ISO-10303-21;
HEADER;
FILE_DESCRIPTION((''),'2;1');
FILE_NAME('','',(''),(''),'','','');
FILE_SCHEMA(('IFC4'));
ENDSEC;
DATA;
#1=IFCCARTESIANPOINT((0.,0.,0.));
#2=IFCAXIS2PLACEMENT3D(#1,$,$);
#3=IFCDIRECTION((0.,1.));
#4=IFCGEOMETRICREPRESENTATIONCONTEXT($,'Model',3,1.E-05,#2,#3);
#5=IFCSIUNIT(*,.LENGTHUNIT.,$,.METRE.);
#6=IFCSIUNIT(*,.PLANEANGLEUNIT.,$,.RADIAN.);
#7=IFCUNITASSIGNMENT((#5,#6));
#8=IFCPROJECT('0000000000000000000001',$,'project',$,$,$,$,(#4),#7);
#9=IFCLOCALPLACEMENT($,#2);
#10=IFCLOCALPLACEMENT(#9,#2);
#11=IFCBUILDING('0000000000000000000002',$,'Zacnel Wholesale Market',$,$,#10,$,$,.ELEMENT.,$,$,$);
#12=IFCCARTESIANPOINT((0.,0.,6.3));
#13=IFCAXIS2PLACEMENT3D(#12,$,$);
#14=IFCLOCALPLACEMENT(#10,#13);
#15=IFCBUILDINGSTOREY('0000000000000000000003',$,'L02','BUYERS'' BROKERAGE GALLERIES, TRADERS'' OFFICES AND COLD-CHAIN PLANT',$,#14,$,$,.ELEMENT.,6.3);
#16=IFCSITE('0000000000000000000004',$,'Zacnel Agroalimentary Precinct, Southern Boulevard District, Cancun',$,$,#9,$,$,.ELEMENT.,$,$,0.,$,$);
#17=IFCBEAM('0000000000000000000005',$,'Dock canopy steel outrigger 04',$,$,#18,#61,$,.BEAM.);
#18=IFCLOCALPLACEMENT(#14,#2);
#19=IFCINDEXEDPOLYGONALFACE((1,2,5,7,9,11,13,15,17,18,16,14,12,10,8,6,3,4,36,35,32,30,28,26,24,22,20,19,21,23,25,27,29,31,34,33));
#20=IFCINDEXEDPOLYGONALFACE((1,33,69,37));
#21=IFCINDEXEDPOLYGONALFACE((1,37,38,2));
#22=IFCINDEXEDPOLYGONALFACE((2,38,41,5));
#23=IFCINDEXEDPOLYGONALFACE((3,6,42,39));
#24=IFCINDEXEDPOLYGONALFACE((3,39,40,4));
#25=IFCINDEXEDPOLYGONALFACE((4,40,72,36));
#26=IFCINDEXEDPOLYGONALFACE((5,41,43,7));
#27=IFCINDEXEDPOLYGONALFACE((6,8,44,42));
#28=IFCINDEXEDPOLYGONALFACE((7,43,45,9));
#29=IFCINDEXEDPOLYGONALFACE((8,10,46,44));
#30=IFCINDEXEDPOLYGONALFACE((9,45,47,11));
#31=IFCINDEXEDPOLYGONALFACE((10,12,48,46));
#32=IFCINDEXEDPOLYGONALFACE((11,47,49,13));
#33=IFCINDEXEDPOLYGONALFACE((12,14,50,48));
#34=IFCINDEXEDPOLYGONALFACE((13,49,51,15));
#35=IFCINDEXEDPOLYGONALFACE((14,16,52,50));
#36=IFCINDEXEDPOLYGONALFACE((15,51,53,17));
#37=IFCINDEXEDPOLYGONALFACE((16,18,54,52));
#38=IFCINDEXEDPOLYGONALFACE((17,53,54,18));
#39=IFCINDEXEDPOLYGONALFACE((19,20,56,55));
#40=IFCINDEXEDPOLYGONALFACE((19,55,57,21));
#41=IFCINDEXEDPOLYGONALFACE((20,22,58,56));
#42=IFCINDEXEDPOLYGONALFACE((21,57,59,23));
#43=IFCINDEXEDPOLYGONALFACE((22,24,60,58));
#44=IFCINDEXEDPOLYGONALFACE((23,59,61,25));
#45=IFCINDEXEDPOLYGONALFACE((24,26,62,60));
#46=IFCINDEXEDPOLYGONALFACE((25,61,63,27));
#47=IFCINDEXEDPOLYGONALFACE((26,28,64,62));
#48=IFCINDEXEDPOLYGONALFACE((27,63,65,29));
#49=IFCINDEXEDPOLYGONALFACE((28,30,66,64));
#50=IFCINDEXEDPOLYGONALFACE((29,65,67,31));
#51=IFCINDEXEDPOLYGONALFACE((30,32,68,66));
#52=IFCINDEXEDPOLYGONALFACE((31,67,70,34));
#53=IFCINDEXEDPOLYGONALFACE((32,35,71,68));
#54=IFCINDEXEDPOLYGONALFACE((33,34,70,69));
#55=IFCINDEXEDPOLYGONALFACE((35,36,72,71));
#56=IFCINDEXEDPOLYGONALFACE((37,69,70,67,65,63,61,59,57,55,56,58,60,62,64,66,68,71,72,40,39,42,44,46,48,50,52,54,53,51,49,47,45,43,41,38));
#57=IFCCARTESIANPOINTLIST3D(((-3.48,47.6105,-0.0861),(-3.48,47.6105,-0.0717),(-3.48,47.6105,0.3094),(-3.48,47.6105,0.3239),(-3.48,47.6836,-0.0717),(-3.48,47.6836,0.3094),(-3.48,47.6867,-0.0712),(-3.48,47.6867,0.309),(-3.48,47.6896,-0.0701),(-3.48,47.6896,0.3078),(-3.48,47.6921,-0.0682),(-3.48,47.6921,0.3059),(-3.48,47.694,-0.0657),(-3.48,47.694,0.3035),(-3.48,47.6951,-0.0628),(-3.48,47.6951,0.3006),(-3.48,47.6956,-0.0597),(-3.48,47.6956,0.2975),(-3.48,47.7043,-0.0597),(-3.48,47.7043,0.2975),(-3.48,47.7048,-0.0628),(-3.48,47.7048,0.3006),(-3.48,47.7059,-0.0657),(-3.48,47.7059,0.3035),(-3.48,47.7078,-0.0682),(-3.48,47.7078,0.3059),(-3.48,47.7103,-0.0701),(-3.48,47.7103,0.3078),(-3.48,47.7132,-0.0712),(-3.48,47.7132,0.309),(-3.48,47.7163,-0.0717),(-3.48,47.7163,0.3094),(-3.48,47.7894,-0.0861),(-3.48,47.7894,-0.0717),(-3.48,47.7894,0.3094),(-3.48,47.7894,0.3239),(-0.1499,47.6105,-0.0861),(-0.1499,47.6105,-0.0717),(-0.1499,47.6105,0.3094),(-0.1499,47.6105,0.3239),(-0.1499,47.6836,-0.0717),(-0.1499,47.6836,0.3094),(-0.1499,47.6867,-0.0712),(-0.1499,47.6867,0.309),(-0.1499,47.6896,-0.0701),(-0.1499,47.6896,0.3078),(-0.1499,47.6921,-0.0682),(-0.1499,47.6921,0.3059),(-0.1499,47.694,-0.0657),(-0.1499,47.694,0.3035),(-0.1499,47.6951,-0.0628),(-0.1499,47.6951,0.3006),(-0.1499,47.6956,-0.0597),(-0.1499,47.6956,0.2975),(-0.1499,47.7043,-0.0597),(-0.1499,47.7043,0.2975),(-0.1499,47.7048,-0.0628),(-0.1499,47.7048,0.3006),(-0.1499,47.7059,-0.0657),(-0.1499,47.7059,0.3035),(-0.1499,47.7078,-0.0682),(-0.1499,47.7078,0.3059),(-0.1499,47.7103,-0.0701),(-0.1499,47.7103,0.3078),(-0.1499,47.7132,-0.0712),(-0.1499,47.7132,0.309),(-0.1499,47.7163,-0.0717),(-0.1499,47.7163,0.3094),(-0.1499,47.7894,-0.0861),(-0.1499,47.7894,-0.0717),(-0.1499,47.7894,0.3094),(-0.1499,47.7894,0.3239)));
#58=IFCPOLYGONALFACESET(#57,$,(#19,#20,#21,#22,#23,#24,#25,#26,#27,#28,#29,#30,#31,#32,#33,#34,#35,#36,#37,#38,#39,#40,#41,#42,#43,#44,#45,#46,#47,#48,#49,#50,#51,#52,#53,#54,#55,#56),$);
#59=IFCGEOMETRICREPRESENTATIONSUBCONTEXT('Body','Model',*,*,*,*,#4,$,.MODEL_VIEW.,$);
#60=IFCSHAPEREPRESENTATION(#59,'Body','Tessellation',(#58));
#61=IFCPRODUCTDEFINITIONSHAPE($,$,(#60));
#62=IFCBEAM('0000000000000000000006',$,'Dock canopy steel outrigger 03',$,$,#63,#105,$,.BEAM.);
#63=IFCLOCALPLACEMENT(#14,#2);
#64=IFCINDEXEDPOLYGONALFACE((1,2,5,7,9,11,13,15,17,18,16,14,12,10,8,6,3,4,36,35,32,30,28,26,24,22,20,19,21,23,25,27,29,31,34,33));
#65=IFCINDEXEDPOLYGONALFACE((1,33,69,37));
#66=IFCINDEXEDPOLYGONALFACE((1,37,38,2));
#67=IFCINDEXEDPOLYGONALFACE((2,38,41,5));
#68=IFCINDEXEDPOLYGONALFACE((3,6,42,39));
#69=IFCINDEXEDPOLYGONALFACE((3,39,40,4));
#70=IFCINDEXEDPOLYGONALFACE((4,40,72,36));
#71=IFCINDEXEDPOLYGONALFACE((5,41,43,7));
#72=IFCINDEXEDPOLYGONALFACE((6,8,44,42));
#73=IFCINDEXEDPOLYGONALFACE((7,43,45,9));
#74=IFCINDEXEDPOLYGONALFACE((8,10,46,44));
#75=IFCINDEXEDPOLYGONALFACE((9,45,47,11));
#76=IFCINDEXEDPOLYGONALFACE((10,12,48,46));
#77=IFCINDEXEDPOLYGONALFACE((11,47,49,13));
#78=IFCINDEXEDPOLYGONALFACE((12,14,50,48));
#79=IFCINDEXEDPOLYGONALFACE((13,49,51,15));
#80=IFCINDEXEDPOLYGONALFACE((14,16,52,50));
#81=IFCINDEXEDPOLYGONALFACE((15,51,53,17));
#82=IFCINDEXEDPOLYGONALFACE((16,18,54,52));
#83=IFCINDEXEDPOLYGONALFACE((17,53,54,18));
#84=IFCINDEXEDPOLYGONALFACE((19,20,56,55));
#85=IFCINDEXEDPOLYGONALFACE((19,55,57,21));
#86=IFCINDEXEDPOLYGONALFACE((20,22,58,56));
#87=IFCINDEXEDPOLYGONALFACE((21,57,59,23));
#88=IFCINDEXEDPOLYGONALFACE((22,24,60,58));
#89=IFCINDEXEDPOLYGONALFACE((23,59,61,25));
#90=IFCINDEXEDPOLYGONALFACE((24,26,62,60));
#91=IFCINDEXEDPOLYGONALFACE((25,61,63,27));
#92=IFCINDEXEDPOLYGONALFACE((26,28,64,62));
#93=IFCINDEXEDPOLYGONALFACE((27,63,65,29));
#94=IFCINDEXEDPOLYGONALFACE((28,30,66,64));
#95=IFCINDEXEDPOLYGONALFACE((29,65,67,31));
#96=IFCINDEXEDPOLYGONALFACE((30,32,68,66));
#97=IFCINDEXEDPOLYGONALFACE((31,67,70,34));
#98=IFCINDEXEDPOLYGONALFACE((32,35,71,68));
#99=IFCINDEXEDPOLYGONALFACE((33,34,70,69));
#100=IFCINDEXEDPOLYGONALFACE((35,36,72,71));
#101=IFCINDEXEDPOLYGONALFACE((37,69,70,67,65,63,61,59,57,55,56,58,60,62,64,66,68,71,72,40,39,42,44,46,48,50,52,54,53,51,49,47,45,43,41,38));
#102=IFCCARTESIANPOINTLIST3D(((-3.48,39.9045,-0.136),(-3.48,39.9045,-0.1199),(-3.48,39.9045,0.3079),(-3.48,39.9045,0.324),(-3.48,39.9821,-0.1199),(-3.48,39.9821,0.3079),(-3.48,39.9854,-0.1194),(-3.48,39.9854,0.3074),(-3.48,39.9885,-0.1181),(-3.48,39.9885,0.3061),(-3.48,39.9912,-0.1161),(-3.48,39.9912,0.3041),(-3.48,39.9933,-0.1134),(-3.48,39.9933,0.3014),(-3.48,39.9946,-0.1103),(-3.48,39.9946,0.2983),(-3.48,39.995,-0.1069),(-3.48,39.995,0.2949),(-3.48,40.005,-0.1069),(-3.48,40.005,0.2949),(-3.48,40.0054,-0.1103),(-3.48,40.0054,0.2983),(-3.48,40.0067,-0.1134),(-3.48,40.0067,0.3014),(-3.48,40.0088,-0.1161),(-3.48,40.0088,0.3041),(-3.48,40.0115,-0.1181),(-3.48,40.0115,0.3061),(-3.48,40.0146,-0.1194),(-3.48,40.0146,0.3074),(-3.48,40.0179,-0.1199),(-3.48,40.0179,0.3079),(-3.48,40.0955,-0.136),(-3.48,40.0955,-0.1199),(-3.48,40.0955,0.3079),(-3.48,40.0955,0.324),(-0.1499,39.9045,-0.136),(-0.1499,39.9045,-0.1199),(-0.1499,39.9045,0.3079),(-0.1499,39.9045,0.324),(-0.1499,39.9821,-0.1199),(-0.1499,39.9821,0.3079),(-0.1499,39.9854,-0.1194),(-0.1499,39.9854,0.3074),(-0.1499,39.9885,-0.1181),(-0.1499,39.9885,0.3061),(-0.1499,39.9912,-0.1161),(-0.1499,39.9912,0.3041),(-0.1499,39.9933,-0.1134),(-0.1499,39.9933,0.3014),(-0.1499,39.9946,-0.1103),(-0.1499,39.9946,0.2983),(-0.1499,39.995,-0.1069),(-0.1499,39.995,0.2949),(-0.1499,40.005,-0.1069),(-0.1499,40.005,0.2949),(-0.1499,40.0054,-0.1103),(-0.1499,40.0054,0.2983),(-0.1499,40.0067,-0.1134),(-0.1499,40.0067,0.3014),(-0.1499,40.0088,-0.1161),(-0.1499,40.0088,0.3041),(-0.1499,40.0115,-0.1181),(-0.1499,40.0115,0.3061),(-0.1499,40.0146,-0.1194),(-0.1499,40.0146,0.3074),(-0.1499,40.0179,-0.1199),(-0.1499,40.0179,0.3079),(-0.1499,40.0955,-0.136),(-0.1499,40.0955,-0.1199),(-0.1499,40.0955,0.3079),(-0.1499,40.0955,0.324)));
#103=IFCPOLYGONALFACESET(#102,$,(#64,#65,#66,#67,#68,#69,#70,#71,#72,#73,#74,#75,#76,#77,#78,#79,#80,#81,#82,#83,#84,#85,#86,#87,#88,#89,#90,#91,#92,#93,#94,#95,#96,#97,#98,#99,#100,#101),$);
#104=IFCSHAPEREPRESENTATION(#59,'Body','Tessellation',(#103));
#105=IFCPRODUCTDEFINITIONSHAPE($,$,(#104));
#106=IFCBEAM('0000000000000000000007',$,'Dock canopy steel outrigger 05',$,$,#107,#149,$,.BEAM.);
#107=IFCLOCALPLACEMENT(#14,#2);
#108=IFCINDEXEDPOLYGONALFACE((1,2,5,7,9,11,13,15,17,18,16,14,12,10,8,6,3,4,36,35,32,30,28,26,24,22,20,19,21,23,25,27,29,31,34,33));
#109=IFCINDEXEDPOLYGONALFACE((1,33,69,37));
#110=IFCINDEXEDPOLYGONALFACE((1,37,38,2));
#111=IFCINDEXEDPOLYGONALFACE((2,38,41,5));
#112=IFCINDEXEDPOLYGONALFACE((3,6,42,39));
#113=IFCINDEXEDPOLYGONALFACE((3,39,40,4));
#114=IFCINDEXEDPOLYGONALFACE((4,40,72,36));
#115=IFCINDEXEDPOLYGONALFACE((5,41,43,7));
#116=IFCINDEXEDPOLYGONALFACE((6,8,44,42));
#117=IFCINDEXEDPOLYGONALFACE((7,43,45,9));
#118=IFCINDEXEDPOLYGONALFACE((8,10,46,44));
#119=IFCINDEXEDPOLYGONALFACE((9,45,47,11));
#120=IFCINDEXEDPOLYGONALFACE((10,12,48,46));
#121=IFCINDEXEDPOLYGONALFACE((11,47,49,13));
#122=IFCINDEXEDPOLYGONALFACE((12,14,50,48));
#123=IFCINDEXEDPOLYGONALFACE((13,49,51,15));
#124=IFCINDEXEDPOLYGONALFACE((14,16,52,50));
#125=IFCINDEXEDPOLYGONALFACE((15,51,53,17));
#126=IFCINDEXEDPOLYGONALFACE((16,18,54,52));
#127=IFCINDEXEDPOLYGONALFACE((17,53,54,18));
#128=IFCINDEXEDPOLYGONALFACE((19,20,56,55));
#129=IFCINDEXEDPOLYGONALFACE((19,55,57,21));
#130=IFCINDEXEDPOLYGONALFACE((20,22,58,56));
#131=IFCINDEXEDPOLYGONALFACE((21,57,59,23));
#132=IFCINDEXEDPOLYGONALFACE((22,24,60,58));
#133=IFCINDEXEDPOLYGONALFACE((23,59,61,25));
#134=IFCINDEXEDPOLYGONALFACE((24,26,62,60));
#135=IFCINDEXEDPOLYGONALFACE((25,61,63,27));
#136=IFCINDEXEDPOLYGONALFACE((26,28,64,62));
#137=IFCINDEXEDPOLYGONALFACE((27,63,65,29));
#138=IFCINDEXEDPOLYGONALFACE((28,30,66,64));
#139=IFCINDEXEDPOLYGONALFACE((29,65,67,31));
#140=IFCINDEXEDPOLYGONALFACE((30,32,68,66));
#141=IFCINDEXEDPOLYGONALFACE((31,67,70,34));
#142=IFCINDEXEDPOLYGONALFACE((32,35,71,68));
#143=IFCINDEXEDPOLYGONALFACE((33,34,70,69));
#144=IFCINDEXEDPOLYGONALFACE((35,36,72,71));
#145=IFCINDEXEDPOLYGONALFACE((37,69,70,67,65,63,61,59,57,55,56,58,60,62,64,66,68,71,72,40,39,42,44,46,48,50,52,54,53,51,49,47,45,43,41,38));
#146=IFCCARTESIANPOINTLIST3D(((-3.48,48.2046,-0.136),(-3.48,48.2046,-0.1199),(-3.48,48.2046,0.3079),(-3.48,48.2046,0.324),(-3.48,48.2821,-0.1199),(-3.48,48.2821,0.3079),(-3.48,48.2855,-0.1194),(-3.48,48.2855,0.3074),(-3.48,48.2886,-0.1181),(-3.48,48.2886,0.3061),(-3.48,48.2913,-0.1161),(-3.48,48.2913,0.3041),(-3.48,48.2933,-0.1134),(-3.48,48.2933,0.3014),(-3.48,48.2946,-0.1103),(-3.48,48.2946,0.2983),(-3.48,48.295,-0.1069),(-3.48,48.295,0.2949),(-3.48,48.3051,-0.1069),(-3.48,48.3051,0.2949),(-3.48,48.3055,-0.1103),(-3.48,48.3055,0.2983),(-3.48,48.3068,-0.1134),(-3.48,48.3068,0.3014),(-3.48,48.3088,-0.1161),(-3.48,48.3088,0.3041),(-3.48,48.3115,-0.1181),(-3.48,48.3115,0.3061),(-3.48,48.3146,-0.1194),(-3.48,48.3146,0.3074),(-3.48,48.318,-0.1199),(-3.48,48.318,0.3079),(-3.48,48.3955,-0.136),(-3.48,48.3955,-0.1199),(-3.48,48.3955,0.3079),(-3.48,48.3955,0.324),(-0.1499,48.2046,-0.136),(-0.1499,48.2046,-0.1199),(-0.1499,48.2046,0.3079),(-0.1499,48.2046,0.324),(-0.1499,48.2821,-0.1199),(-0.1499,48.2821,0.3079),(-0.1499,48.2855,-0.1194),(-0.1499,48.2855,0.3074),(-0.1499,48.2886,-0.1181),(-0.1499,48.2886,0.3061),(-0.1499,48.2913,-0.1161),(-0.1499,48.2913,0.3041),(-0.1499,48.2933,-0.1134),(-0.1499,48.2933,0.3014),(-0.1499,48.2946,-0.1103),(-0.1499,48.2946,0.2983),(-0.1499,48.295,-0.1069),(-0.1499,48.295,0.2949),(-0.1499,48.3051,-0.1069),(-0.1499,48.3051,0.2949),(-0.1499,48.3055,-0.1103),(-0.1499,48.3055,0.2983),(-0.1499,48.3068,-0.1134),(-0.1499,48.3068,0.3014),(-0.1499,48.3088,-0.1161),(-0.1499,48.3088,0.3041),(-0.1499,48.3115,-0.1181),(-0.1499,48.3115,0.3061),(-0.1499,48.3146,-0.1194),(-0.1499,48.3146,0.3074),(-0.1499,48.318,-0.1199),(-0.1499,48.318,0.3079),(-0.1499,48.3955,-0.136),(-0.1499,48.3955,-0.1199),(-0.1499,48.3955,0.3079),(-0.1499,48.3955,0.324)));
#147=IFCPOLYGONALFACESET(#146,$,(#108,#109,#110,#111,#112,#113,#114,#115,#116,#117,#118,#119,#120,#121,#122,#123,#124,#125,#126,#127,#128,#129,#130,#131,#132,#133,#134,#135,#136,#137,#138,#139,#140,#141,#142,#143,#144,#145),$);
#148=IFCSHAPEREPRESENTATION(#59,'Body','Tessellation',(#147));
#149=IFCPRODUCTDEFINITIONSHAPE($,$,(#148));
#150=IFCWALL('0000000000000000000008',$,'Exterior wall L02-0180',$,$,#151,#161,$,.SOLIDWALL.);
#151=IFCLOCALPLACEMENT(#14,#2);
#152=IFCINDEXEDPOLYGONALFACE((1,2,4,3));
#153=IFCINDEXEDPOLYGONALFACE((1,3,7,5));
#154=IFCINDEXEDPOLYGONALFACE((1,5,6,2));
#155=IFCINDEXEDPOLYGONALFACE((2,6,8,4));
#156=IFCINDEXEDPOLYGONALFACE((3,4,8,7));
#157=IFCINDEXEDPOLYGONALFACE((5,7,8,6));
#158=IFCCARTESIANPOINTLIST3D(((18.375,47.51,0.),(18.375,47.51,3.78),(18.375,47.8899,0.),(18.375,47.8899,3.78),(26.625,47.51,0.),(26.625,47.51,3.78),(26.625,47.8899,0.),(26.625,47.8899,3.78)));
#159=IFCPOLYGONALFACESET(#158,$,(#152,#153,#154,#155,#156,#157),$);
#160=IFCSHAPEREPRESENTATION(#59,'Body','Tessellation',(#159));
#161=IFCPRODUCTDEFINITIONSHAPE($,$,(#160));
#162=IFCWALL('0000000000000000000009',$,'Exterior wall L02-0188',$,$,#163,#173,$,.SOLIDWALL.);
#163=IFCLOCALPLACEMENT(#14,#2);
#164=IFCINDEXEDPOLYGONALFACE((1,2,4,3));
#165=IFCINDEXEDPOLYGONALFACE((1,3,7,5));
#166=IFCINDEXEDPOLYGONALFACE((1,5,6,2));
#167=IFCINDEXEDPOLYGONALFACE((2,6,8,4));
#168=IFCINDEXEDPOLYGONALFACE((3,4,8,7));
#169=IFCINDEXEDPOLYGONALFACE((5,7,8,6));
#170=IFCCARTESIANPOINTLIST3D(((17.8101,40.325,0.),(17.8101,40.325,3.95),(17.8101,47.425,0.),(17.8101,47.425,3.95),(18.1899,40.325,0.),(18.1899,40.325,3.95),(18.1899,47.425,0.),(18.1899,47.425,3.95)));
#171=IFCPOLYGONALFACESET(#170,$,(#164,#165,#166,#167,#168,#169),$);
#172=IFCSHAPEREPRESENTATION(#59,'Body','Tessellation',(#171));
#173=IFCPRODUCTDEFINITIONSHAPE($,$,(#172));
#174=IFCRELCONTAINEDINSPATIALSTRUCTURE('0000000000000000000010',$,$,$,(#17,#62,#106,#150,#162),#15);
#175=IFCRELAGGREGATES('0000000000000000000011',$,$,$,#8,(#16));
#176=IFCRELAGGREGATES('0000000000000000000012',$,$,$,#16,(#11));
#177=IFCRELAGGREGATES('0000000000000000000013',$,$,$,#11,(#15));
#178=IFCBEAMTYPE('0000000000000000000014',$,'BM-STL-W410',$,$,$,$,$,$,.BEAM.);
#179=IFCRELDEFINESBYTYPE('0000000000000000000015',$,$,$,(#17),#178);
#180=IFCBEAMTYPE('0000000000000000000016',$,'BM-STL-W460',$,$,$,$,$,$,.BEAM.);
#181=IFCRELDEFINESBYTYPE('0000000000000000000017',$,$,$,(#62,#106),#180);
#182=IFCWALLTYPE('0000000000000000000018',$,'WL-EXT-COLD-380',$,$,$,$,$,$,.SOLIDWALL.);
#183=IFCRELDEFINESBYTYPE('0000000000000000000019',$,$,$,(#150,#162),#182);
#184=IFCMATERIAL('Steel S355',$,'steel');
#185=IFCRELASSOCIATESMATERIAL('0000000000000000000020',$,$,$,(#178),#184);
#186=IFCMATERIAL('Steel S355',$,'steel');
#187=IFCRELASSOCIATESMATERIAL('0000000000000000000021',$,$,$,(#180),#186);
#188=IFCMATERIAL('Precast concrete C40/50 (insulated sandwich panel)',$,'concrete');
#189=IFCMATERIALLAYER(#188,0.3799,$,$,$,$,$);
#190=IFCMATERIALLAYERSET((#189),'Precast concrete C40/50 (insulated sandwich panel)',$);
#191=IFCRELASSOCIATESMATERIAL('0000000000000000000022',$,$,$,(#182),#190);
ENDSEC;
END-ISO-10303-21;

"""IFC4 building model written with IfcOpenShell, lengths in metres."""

from ifc_helpers import new_model, si_unit, direction, frame, frame_2d, origin, origin_2d, place, context, subcontext, project, spatial, rectangle, i_section, extrude, material, layer, layer_set, material_profile, profile_set, type_object, element, save


model = new_model("IFC4")

# Units and contexts
model_context = context("Model", 3, precision=1e-05, world=origin(), true_north=direction((0.0, 1.0)))
body_context = subcontext(model_context, "Body", "Model", "MODEL_VIEW")
ifc_project = project(units=[si_unit("LENGTHUNIT", "METRE"), si_unit("PLANEANGLEUNIT", "RADIAN")], contexts=[model_context])

# Site, building, storey
site_placement = place(None, origin())
site = spatial("IfcSite", under=ifc_project, at=site_placement, Name="Zacnel Agroalimentary Precinct, Southern Boulevard District, Cancun", CompositionType="ELEMENT", RefElevation=0.0)
building_placement = place(site_placement, origin())
building = spatial("IfcBuilding", under=site, at=building_placement, Name="Zacnel Wholesale Market", CompositionType="ELEMENT")
storey_placement = place(building_placement, frame((0.0, 0.0, 6.3)))
storey = spatial("IfcBuildingStorey", under=building, at=storey_placement, Name="L02", Description="BUYERS' BROKERAGE GALLERIES, TRADERS' OFFICES AND COLD-CHAIN PLANT", CompositionType="ELEMENT", Elevation=6.3)

# Beams
ifc_material_1 = material(Name="Steel S355", Category="steel")
ifc_material_profile_1 = material_profile(ifc_material_1, i_section(OverallWidth=0.179, OverallDepth=0.4099, WebThickness=0.0088, FlangeThickness=0.0144, FilletRadius=0.012, at=origin_2d()), Name="W410X67")
ifc_profile_set_1 = profile_set([ifc_material_profile_1], Name="Steel S355")
beam_type_1 = type_object("IfcBeamType", Name="BM-STL-W410", PredefinedType="BEAM", material=ifc_profile_set_1)
beam_1_placement = place(storey_placement, frame((-0.1499, 47.7, 0.1189), z_axis=(-1.0, 0.0, 0.0), x_axis=(0.0, -1.0, 0.0)))
element("IfcBeam", 1, at=beam_1_placement, inside=storey, type_object=beam_type_1, Name="Dock canopy steel outrigger 04", PredefinedType="BEAM", context=body_context, shape_type="SweptSolid", body=[
    extrude(i_section(OverallWidth=0.179, OverallDepth=0.4099, WebThickness=0.0088, FlangeThickness=0.0144, FilletRadius=0.012, at=origin_2d()), origin(), (0.0, 0.0, 1.0), 3.3301),
])
ifc_material_2 = material(Name="Steel S355", Category="steel")
ifc_material_profile_2 = material_profile(ifc_material_2, i_section(OverallWidth=0.1909, OverallDepth=0.46, WebThickness=0.01, FlangeThickness=0.0161, FilletRadius=0.0129, at=origin_2d()), Name="W460X82")
ifc_profile_set_2 = profile_set([ifc_material_profile_2], Name="Steel S355")
beam_type_2 = type_object("IfcBeamType", Name="BM-STL-W460", PredefinedType="BEAM", material=ifc_profile_set_2)
for number, where, z_axis, x_axis, name in (
    (2, (-0.1499, 40.0, 0.094), (-1.0, 0.0, 0.0), (0.0, -1.0, 0.0), "Dock canopy steel outrigger 03"),
    (3, (-0.1499, 48.3, 0.094), (-1.0, 0.0, 0.0), (0.0, -1.0, 0.0), "Dock canopy steel outrigger 05"),
):
    element("IfcBeam", number, at=place(storey_placement, frame(where, z_axis=z_axis, x_axis=x_axis)), inside=storey, type_object=beam_type_2, Name=name, PredefinedType="BEAM", context=body_context, shape_type="SweptSolid", body=[
        extrude(i_section(OverallWidth=0.1909, OverallDepth=0.46, WebThickness=0.01, FlangeThickness=0.0161, FilletRadius=0.0129, at=origin_2d()), origin(), (0.0, 0.0, 1.0), 3.3301),
    ])

# Walls
ifc_material_3 = material(Name="Precast concrete C40/50 (insulated sandwich panel)", Category="concrete")
ifc_layer_1 = layer(ifc_material_3, 0.3799)
ifc_layer_set_1 = layer_set([ifc_layer_1], Name="Precast concrete C40/50 (insulated sandwich panel)")
wall_type = type_object("IfcWallType", Name="WL-EXT-COLD-380", PredefinedType="SOLIDWALL", material=ifc_layer_set_1)
wall_1_placement = place(storey_placement, frame((18.375, 47.7, 0.0), z_axis=(0.0, 0.0, 1.0), x_axis=(1.0, 0.0, 0.0)))
element("IfcWall", 4, at=wall_1_placement, inside=storey, type_object=wall_type, Name="Exterior wall L02-0180", PredefinedType="SOLIDWALL", context=body_context, shape_type="SweptSolid", body=[
    extrude(rectangle(XDim=8.25, YDim=0.3799, at=frame_2d((4.125, 0.0))), origin(), (0.0, 0.0, 1.0), 3.78),
])
wall_2_placement = place(storey_placement, frame((18.0, 40.325, 0.0), z_axis=(0.0, 0.0, 1.0), x_axis=(0.0, 1.0, 0.0)))
element("IfcWall", 5, at=wall_2_placement, inside=storey, type_object=wall_type, Name="Exterior wall L02-0188", PredefinedType="SOLIDWALL", context=body_context, shape_type="SweptSolid", body=[
    extrude(rectangle(XDim=7.1001, YDim=0.3799, at=frame_2d((3.55, 0.0))), origin(), (0.0, 0.0, 1.0), 3.95),
])

save(model, "model.ifc")
